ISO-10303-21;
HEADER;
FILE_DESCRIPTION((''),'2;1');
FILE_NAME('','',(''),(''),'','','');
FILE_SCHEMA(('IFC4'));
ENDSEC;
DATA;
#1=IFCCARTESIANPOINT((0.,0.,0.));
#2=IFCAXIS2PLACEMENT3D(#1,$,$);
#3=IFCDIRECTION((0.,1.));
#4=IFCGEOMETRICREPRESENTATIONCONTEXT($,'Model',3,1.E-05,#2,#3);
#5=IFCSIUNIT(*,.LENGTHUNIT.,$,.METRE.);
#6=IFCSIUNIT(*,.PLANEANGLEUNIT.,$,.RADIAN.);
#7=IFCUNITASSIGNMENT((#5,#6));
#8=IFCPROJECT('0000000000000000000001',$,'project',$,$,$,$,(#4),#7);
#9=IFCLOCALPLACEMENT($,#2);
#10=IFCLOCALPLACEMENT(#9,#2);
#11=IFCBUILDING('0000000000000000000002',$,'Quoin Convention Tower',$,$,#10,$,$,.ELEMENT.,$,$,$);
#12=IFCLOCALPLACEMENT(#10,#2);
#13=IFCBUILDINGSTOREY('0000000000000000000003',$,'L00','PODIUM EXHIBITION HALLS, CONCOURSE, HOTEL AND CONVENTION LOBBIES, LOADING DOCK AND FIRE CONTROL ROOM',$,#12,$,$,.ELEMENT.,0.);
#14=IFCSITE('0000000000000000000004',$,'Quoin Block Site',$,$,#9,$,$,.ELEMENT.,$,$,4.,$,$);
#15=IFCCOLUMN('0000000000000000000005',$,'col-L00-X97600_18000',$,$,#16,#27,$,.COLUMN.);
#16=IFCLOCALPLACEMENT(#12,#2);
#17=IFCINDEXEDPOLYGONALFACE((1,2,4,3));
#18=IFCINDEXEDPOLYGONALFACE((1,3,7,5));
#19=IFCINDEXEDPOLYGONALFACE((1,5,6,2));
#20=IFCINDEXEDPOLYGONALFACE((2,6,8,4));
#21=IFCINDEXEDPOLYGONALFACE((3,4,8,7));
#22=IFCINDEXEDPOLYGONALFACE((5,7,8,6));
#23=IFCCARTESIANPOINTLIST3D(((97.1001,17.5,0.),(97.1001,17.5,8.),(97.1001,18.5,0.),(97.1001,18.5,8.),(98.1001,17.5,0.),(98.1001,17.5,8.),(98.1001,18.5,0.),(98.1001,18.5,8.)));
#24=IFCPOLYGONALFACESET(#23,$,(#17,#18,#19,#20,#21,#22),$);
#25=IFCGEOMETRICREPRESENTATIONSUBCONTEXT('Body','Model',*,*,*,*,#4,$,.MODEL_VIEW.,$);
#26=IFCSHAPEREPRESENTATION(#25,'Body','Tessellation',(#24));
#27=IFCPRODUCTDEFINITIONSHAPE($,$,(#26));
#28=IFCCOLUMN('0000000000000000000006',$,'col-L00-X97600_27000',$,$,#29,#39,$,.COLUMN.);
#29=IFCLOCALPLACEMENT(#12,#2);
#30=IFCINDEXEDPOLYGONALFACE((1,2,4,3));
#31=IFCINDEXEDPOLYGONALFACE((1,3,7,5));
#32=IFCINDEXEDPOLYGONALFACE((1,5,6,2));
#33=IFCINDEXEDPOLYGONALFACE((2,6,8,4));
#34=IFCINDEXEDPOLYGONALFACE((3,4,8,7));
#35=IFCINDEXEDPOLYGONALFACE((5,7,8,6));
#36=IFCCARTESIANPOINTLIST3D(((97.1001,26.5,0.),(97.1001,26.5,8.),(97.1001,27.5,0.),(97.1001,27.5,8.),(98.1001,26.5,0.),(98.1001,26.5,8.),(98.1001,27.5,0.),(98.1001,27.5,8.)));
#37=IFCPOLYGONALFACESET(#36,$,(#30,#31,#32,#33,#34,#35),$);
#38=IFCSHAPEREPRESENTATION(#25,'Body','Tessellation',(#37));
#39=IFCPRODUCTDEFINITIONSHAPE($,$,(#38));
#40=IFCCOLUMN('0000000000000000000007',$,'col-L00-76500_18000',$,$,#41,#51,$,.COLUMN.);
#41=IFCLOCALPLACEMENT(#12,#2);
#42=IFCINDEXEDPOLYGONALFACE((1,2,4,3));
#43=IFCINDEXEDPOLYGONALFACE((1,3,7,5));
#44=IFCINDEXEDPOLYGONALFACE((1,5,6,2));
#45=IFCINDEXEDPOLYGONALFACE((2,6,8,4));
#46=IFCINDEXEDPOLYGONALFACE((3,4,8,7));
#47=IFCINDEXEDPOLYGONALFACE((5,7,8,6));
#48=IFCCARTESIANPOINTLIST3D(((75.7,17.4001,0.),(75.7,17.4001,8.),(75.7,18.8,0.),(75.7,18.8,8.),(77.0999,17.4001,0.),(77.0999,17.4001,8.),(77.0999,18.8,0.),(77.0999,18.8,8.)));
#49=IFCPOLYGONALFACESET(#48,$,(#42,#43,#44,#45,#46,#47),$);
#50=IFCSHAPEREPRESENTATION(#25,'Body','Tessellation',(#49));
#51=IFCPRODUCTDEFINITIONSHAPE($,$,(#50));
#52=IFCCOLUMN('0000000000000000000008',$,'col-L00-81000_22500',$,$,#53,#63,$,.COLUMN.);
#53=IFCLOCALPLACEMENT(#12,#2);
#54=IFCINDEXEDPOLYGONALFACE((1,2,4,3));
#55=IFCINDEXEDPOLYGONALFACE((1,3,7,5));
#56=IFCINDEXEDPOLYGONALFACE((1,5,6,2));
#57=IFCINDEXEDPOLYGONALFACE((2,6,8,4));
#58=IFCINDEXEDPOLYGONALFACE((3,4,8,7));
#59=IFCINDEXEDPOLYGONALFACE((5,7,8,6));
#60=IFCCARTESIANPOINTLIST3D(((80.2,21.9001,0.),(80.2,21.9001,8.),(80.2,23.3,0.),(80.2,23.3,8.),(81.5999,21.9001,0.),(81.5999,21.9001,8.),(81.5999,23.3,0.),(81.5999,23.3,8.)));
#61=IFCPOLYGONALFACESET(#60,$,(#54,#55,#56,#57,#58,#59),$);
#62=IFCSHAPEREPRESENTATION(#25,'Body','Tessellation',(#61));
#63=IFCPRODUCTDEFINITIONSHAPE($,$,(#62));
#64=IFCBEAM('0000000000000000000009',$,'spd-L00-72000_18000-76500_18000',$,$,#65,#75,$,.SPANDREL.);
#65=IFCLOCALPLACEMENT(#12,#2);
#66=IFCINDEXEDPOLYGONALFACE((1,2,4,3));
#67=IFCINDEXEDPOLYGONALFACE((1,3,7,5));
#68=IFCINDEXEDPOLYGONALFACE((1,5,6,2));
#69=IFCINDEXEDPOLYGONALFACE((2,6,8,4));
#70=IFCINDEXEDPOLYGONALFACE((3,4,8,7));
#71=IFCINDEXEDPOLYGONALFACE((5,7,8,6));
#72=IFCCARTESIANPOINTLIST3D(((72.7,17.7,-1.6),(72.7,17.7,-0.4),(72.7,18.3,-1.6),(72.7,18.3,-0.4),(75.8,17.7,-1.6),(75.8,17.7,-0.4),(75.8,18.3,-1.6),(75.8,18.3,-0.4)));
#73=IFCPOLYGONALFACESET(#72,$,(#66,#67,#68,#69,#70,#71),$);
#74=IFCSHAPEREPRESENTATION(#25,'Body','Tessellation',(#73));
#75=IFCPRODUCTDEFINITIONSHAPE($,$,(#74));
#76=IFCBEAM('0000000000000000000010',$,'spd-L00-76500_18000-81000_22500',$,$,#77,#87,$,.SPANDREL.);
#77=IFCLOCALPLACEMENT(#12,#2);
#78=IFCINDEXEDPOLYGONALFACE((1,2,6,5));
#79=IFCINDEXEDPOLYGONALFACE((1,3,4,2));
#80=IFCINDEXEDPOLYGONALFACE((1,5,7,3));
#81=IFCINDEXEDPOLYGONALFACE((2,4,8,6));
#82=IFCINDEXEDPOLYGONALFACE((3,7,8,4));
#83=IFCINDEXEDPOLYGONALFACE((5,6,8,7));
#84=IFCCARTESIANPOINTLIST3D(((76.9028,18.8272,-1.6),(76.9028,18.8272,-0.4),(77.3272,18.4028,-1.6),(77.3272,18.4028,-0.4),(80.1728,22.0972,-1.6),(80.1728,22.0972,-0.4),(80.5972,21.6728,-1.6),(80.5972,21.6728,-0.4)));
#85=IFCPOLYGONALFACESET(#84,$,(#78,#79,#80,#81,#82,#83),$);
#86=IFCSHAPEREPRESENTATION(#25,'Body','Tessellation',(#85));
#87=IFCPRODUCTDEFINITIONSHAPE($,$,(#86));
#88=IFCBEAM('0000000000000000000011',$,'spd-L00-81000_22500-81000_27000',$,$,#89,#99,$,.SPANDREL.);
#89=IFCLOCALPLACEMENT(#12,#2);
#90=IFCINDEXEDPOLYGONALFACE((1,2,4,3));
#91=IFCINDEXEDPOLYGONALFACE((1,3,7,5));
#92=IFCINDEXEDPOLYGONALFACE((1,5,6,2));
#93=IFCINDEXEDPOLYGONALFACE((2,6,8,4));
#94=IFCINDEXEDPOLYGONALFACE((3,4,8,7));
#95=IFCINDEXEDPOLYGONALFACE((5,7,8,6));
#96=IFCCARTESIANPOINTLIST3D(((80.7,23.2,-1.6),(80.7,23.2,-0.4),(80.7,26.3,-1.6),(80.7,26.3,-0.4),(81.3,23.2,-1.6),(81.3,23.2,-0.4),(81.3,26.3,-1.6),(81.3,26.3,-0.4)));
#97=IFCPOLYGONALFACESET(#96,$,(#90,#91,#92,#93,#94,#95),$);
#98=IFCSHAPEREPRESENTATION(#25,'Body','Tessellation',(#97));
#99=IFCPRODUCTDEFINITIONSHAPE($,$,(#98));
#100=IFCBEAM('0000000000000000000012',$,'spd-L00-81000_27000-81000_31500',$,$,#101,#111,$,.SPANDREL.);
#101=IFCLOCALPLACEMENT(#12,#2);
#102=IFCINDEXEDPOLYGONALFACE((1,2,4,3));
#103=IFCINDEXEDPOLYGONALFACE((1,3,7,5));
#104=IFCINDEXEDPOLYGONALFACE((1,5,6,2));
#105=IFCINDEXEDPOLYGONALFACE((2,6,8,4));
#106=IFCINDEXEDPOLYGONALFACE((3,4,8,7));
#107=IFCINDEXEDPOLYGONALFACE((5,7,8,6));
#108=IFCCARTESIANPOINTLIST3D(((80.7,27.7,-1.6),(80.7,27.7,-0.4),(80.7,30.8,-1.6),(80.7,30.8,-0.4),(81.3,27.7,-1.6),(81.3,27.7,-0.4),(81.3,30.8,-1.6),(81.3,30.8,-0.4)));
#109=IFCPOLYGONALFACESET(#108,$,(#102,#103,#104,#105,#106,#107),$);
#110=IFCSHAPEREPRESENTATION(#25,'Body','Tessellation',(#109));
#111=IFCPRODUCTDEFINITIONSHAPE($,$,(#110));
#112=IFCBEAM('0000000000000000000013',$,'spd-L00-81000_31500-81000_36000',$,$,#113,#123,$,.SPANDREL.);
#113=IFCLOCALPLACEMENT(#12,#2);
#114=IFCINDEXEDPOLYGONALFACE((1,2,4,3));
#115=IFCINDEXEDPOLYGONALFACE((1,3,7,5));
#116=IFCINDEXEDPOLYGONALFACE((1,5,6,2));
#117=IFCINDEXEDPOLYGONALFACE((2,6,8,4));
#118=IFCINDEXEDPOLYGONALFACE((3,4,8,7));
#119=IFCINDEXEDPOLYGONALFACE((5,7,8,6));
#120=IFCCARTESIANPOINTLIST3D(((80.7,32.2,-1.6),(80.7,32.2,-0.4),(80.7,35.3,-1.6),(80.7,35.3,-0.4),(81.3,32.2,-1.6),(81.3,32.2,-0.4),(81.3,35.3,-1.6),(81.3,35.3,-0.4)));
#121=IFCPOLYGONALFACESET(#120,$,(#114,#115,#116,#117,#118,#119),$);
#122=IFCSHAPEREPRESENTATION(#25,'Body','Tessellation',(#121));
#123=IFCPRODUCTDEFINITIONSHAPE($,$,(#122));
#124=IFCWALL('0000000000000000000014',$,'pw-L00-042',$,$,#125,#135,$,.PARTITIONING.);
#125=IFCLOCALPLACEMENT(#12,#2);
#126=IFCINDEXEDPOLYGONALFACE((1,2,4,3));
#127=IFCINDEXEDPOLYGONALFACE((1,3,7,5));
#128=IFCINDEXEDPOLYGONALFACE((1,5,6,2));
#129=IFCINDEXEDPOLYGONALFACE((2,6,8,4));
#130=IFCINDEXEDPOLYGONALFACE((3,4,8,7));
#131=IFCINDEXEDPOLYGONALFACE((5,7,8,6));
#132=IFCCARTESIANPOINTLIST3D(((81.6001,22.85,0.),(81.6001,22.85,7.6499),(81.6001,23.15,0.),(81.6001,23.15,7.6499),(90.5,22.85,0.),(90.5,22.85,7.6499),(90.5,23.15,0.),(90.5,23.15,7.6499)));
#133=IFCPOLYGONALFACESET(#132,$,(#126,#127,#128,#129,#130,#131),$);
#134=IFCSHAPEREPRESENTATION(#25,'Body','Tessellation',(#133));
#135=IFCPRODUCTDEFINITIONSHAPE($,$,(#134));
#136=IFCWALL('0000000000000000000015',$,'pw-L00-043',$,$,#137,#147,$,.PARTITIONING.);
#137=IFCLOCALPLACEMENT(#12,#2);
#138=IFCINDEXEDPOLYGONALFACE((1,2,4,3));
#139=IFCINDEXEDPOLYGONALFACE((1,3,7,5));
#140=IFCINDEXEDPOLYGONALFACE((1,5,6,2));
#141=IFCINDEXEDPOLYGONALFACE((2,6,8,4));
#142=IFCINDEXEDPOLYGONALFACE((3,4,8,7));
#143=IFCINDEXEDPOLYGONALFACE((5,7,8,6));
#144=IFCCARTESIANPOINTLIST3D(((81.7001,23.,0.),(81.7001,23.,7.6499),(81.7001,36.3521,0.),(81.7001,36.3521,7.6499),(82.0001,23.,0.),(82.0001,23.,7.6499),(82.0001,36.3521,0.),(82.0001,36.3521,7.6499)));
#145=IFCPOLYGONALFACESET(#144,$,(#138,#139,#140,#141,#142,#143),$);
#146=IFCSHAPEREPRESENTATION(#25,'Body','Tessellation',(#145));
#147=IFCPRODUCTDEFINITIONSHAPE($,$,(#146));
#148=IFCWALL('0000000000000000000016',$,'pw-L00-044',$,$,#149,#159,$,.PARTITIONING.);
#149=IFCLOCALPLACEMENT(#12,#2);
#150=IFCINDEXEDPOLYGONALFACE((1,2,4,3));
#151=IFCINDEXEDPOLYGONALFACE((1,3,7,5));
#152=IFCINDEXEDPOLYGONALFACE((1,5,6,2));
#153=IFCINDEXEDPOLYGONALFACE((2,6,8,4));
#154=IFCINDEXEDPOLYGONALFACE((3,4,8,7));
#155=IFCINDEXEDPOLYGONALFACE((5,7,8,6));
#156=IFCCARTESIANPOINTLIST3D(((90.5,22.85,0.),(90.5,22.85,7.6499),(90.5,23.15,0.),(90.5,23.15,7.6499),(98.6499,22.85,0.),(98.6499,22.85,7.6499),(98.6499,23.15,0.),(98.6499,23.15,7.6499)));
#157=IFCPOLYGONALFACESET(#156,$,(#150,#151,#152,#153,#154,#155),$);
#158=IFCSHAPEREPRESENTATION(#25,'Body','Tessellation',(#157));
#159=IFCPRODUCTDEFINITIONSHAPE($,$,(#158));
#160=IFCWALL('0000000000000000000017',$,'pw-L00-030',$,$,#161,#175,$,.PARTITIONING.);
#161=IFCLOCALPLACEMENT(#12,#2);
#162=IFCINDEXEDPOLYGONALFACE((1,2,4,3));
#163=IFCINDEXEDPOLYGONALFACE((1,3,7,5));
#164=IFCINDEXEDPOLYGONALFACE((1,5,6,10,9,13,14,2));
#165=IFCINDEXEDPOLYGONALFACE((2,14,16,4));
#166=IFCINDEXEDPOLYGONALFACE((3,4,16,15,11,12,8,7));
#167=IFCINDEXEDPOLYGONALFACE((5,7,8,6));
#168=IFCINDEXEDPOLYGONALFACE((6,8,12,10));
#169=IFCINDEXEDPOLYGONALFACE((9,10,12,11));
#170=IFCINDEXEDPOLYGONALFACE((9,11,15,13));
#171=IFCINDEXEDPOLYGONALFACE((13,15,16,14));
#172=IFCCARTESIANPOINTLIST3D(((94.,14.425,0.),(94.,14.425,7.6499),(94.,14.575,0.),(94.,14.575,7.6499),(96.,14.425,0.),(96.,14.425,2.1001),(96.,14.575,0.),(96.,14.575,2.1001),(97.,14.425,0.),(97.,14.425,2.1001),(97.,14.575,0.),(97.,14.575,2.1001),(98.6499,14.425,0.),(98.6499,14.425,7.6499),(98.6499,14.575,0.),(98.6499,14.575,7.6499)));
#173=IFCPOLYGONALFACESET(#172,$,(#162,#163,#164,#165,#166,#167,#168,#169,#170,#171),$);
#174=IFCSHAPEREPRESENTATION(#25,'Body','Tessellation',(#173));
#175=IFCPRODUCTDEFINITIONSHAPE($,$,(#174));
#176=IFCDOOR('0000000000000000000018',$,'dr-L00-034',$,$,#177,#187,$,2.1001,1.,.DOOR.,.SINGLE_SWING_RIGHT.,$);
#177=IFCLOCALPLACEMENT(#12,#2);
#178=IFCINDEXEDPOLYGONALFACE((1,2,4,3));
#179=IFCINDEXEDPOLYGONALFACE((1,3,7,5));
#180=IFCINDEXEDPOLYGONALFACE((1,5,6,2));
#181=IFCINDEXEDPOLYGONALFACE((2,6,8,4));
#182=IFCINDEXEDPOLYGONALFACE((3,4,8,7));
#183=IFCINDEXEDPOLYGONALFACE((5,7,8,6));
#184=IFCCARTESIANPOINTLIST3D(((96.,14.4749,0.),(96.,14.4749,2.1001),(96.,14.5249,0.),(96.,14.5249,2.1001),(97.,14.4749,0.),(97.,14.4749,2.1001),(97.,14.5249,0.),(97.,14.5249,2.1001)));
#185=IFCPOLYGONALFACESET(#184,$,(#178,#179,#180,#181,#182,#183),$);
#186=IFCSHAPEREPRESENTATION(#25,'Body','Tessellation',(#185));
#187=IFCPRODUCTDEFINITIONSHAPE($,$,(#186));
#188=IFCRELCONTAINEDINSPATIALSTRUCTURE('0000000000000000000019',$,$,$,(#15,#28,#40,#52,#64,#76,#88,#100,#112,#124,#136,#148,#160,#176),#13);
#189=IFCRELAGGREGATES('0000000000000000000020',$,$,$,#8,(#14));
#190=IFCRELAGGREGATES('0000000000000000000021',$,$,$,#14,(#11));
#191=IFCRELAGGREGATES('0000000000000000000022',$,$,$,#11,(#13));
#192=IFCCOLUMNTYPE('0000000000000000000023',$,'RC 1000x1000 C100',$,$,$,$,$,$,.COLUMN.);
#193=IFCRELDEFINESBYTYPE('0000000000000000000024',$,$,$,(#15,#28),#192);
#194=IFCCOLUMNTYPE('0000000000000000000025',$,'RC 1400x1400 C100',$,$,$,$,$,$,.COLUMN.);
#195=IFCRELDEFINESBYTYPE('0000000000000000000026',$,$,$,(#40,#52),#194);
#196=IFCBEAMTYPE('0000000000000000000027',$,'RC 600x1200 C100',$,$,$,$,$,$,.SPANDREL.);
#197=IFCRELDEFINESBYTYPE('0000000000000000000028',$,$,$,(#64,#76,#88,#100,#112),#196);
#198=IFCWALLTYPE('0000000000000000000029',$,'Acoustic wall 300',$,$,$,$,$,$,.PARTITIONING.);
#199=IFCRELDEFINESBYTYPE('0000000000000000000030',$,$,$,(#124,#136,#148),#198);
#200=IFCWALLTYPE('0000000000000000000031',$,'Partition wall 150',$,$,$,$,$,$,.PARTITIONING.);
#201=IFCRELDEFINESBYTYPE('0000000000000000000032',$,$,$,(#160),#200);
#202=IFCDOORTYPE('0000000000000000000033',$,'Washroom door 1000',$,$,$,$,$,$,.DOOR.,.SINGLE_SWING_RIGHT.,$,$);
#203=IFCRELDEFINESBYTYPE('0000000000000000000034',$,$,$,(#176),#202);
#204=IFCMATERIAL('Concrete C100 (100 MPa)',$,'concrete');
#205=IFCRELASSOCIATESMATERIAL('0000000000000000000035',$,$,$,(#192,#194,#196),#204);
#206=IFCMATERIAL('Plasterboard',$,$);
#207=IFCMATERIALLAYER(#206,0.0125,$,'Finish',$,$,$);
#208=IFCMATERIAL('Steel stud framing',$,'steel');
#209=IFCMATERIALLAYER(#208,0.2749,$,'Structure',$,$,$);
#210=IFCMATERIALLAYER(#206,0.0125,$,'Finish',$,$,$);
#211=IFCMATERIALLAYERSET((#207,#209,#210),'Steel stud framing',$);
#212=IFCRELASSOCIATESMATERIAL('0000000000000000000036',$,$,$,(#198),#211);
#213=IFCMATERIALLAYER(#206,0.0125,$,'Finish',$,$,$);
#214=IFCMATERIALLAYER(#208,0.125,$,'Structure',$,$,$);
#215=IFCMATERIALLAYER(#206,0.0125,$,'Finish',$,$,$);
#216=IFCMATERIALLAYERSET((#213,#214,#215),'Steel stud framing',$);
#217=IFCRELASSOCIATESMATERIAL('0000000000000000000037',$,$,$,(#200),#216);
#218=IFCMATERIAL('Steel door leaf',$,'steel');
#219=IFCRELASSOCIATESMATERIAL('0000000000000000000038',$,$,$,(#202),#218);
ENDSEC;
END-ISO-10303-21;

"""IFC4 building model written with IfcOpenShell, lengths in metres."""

from ifc_helpers import new_model, si_unit, direction, frame, frame_2d, origin, origin_2d, place, context, subcontext, project, spatial, rectangle, extrude, material, layer, layer_set, material_profile, profile_set, type_object, element, fill, save


model = new_model("IFC4")

# Units and contexts
model_context = context("Model", 3, precision=1e-05, world=origin(), true_north=direction((0.0, 1.0)))
body_context = subcontext(model_context, "Body", "Model", "MODEL_VIEW")
ifc_project = project(units=[si_unit("LENGTHUNIT", "METRE"), si_unit("PLANEANGLEUNIT", "RADIAN")], contexts=[model_context])

# Site, building, storey
site_placement = place(None, origin())
site = spatial("IfcSite", under=ifc_project, at=site_placement, Name="Quoin Block Site", CompositionType="ELEMENT", RefElevation=4.0)
building_placement = place(site_placement, origin())
building = spatial("IfcBuilding", under=site, at=building_placement, Name="Quoin Convention Tower", CompositionType="ELEMENT")
storey_placement = place(building_placement, origin())
storey = spatial("IfcBuildingStorey", under=building, at=storey_placement, Name="L00", Description="PODIUM EXHIBITION HALLS, CONCOURSE, HOTEL AND CONVENTION LOBBIES, LOADING DOCK AND FIRE CONTROL ROOM", CompositionType="ELEMENT", Elevation=0.0)

# Columns
ifc_material_1 = material(Name="Concrete C100 (100 MPa)", Category="concrete")
ifc_material_profile_1 = material_profile(ifc_material_1, rectangle(XDim=1.0, YDim=1.0, at=origin_2d()), Name="RC 1000x1000")
ifc_profile_set_1 = profile_set([ifc_material_profile_1], Name="Concrete C100 (100 MPa)")
column_type_1 = type_object("IfcColumnType", Name="RC 1000x1000 C100", PredefinedType="COLUMN", material=ifc_profile_set_1)
for number, where, z_axis, x_axis, name in (
    (1, (97.6001, 18.0, 0.0), (0.0, 0.0, 1.0), (1.0, 0.0, 0.0), "col-L00-X97600_18000"),
    (2, (97.6001, 27.0, 0.0), (0.0, 0.0, 1.0), (1.0, 0.0, 0.0), "col-L00-X97600_27000"),
):
    element("IfcColumn", number, at=place(storey_placement, frame(where, z_axis=z_axis, x_axis=x_axis)), inside=storey, type_object=column_type_1, Name=name, PredefinedType="COLUMN", context=body_context, shape_type="SweptSolid", body=[
        extrude(rectangle(XDim=1.0, YDim=1.0, at=origin_2d()), origin(), (0.0, 0.0, 1.0), 8.0),
    ])
ifc_material_profile_2 = material_profile(ifc_material_1, rectangle(XDim=1.3999, YDim=1.3999, at=origin_2d()), Name="RC 1400x1400")
ifc_profile_set_2 = profile_set([ifc_material_profile_2], Name="Concrete C100 (100 MPa)")
column_type_2 = type_object("IfcColumnType", Name="RC 1400x1400 C100", PredefinedType="COLUMN", material=ifc_profile_set_2)
for number, where, z_axis, x_axis, name in (
    (3, (76.3999, 18.1001, 0.0), (0.0, 0.0, 1.0), (1.0, 0.0, 0.0), "col-L00-76500_18000"),
    (4, (80.8999, 22.6001, 0.0), (0.0, 0.0, 1.0), (1.0, 0.0, 0.0), "col-L00-81000_22500"),
):
    element("IfcColumn", number, at=place(storey_placement, frame(where, z_axis=z_axis, x_axis=x_axis)), inside=storey, type_object=column_type_2, Name=name, PredefinedType="COLUMN", context=body_context, shape_type="SweptSolid", body=[
        extrude(rectangle(XDim=1.3999, YDim=1.3999, at=origin_2d()), origin(), (0.0, 0.0, 1.0), 8.0),
    ])

# Beams
ifc_material_profile_3 = material_profile(ifc_material_1, rectangle(XDim=0.6001, YDim=1.2, at=origin_2d()), Name="RC 600x1200")
ifc_profile_set_3 = profile_set([ifc_material_profile_3], Name="Concrete C100 (100 MPa)")
beam_type = type_object("IfcBeamType", Name="RC 600x1200 C100", PredefinedType="SPANDREL", material=ifc_profile_set_3)
beam_1_placement = place(storey_placement, frame((72.7, 18.0, -1.0), z_axis=(1.0, 0.0, 0.0), x_axis=(0.0, 1.0, 0.0)))
element("IfcBeam", 5, at=beam_1_placement, inside=storey, type_object=beam_type, Name="spd-L00-72000_18000-76500_18000", PredefinedType="SPANDREL", context=body_context, shape_type="SweptSolid", body=[
    extrude(rectangle(XDim=0.6001, YDim=1.2, at=origin_2d()), origin(), (0.0, 0.0, 1.0), 3.1001),
])
beam_2_placement = place(storey_placement, frame((77.115, 18.615, -1.0), z_axis=(0.707107, 0.707107, 0.0), x_axis=(-0.707107, 0.707107, 0.0)))
element("IfcBeam", 6, at=beam_2_placement, inside=storey, type_object=beam_type, Name="spd-L00-76500_18000-81000_22500", PredefinedType="SPANDREL", context=body_context, shape_type="SweptSolid", body=[
    extrude(rectangle(XDim=0.6001, YDim=1.2, at=origin_2d()), origin(), (0.0, 0.0, 1.0), 4.6245),
])
for number, where, z_axis, x_axis, name in (
    (7, (81.0, 23.2, -1.0), (0.0, 1.0, 0.0), (-1.0, 0.0, 0.0), "spd-L00-81000_22500-81000_27000"),
    (8, (81.0, 27.7, -1.0), (0.0, 1.0, 0.0), (-1.0, 0.0, 0.0), "spd-L00-81000_27000-81000_31500"),
    (9, (81.0, 32.2, -1.0), (0.0, 1.0, 0.0), (-1.0, 0.0, 0.0), "spd-L00-81000_31500-81000_36000"),
):
    element("IfcBeam", number, at=place(storey_placement, frame(where, z_axis=z_axis, x_axis=x_axis)), inside=storey, type_object=beam_type, Name=name, PredefinedType="SPANDREL", context=body_context, shape_type="SweptSolid", body=[
        extrude(rectangle(XDim=0.6001, YDim=1.2, at=origin_2d()), origin(), (0.0, 0.0, 1.0), 3.1001),
    ])

# Walls
ifc_material_2 = material(Name="Plasterboard")
ifc_layer_1 = layer(ifc_material_2, 0.0125, Name="Finish")
ifc_material_3 = material(Name="Steel stud framing", Category="steel")
ifc_layer_2 = layer(ifc_material_3, 0.2749, Name="Structure")
ifc_layer_3 = layer(ifc_material_2, 0.0125, Name="Finish")
ifc_layer_set_1 = layer_set([ifc_layer_1, ifc_layer_2, ifc_layer_3], Name="Steel stud framing")
wall_type_1 = type_object("IfcWallType", Name="Acoustic wall 300", PredefinedType="PARTITIONING", material=ifc_layer_set_1)
wall_1_placement = place(storey_placement, frame((81.6001, 23.0, 0.0), z_axis=(0.0, 0.0, 1.0), x_axis=(1.0, 0.0, 0.0)))
element("IfcWall", 10, at=wall_1_placement, inside=storey, type_object=wall_type_1, Name="pw-L00-042", PredefinedType="PARTITIONING", context=body_context, shape_type="SweptSolid", body=[
    extrude(rectangle(XDim=8.8999, YDim=0.3, at=frame_2d((4.45, 0.0))), origin(), (0.0, 0.0, 1.0), 7.6499),
])
wall_2_placement = place(storey_placement, frame((81.8501, 23.0, 0.0), z_axis=(0.0, 0.0, 1.0), x_axis=(0.0, 1.0, 0.0)))
element("IfcWall", 11, at=wall_2_placement, inside=storey, type_object=wall_type_1, Name="pw-L00-043", PredefinedType="PARTITIONING", context=body_context, shape_type="SweptSolid", body=[
    extrude(rectangle(XDim=13.3521, YDim=0.3, at=frame_2d((6.676, 0.0))), origin(), (0.0, 0.0, 1.0), 7.6499),
])
wall_3_placement = place(storey_placement, frame((90.5, 23.0, 0.0), z_axis=(0.0, 0.0, 1.0), x_axis=(1.0, 0.0, 0.0)))
element("IfcWall", 12, at=wall_3_placement, inside=storey, type_object=wall_type_1, Name="pw-L00-044", PredefinedType="PARTITIONING", context=body_context, shape_type="SweptSolid", body=[
    extrude(rectangle(XDim=8.1499, YDim=0.3, at=frame_2d((4.075, 0.0))), origin(), (0.0, 0.0, 1.0), 7.6499),
])

# Wall, opening, door
ifc_layer_4 = layer(ifc_material_2, 0.0125, Name="Finish")
ifc_layer_5 = layer(ifc_material_3, 0.125, Name="Structure")
ifc_layer_6 = layer(ifc_material_2, 0.0125, Name="Finish")
ifc_layer_set_2 = layer_set([ifc_layer_4, ifc_layer_5, ifc_layer_6], Name="Steel stud framing")
wall_type_2 = type_object("IfcWallType", Name="Partition wall 150", PredefinedType="PARTITIONING", material=ifc_layer_set_2)
wall_4_placement = place(storey_placement, frame((94.0, 14.5, 0.0), z_axis=(0.0, 0.0, 1.0), x_axis=(1.0, 0.0, 0.0)))
wall_4 = element("IfcWall", 13, at=wall_4_placement, inside=storey, type_object=wall_type_2, Name="pw-L00-030", PredefinedType="PARTITIONING", context=body_context, shape_type="SweptSolid", body=[
    extrude(rectangle(XDim=4.6499, YDim=0.1499, at=frame_2d((2.325, 0.0))), origin(), (0.0, 0.0, 1.0), 7.6499),
])
opening_1_placement = place(wall_4_placement, frame((2.0, 0.0, 0.0)))
opening_1 = element("IfcOpeningElement", 14, at=opening_1_placement, cuts=wall_4, PredefinedType="OPENING", context=body_context, shape_type="SweptSolid", body=[
    extrude(rectangle(XDim=1.0, YDim=2.1001, at=frame_2d((0.5, 1.05))), frame((0.0, 0.085, 0.0), z_axis=(0.0, -1.0, 0.0), x_axis=(1.0, 0.0, 0.0)), (0.0, 0.0, 1.0), 0.1699),
])
ifc_material_4 = material(Name="Steel door leaf", Category="steel")
door_type_1 = type_object("IfcDoorType", Name="Washroom door 1000", OperationType="SINGLE_SWING_RIGHT", PredefinedType="DOOR", material=ifc_material_4)
door_1_placement = place(opening_1_placement, origin())
door_1 = element("IfcDoor", 15, at=door_1_placement, inside=storey, type_object=door_type_1, Name="dr-L00-034", OperationType="SINGLE_SWING_RIGHT", OverallHeight=2.1001, OverallWidth=1.0, PredefinedType="DOOR", context=body_context, shape_type="SweptSolid", body=[
    extrude(rectangle(XDim=1.0, YDim=2.1001, at=frame_2d((0.5, 1.05))), frame((0.0, 0.0249, 0.0), z_axis=(0.0, -1.0, 0.0), x_axis=(1.0, 0.0, 0.0)), (0.0, 0.0, 1.0), 0.05),
])
fill(opening_1, door_1)

save(model, "model.ifc")
